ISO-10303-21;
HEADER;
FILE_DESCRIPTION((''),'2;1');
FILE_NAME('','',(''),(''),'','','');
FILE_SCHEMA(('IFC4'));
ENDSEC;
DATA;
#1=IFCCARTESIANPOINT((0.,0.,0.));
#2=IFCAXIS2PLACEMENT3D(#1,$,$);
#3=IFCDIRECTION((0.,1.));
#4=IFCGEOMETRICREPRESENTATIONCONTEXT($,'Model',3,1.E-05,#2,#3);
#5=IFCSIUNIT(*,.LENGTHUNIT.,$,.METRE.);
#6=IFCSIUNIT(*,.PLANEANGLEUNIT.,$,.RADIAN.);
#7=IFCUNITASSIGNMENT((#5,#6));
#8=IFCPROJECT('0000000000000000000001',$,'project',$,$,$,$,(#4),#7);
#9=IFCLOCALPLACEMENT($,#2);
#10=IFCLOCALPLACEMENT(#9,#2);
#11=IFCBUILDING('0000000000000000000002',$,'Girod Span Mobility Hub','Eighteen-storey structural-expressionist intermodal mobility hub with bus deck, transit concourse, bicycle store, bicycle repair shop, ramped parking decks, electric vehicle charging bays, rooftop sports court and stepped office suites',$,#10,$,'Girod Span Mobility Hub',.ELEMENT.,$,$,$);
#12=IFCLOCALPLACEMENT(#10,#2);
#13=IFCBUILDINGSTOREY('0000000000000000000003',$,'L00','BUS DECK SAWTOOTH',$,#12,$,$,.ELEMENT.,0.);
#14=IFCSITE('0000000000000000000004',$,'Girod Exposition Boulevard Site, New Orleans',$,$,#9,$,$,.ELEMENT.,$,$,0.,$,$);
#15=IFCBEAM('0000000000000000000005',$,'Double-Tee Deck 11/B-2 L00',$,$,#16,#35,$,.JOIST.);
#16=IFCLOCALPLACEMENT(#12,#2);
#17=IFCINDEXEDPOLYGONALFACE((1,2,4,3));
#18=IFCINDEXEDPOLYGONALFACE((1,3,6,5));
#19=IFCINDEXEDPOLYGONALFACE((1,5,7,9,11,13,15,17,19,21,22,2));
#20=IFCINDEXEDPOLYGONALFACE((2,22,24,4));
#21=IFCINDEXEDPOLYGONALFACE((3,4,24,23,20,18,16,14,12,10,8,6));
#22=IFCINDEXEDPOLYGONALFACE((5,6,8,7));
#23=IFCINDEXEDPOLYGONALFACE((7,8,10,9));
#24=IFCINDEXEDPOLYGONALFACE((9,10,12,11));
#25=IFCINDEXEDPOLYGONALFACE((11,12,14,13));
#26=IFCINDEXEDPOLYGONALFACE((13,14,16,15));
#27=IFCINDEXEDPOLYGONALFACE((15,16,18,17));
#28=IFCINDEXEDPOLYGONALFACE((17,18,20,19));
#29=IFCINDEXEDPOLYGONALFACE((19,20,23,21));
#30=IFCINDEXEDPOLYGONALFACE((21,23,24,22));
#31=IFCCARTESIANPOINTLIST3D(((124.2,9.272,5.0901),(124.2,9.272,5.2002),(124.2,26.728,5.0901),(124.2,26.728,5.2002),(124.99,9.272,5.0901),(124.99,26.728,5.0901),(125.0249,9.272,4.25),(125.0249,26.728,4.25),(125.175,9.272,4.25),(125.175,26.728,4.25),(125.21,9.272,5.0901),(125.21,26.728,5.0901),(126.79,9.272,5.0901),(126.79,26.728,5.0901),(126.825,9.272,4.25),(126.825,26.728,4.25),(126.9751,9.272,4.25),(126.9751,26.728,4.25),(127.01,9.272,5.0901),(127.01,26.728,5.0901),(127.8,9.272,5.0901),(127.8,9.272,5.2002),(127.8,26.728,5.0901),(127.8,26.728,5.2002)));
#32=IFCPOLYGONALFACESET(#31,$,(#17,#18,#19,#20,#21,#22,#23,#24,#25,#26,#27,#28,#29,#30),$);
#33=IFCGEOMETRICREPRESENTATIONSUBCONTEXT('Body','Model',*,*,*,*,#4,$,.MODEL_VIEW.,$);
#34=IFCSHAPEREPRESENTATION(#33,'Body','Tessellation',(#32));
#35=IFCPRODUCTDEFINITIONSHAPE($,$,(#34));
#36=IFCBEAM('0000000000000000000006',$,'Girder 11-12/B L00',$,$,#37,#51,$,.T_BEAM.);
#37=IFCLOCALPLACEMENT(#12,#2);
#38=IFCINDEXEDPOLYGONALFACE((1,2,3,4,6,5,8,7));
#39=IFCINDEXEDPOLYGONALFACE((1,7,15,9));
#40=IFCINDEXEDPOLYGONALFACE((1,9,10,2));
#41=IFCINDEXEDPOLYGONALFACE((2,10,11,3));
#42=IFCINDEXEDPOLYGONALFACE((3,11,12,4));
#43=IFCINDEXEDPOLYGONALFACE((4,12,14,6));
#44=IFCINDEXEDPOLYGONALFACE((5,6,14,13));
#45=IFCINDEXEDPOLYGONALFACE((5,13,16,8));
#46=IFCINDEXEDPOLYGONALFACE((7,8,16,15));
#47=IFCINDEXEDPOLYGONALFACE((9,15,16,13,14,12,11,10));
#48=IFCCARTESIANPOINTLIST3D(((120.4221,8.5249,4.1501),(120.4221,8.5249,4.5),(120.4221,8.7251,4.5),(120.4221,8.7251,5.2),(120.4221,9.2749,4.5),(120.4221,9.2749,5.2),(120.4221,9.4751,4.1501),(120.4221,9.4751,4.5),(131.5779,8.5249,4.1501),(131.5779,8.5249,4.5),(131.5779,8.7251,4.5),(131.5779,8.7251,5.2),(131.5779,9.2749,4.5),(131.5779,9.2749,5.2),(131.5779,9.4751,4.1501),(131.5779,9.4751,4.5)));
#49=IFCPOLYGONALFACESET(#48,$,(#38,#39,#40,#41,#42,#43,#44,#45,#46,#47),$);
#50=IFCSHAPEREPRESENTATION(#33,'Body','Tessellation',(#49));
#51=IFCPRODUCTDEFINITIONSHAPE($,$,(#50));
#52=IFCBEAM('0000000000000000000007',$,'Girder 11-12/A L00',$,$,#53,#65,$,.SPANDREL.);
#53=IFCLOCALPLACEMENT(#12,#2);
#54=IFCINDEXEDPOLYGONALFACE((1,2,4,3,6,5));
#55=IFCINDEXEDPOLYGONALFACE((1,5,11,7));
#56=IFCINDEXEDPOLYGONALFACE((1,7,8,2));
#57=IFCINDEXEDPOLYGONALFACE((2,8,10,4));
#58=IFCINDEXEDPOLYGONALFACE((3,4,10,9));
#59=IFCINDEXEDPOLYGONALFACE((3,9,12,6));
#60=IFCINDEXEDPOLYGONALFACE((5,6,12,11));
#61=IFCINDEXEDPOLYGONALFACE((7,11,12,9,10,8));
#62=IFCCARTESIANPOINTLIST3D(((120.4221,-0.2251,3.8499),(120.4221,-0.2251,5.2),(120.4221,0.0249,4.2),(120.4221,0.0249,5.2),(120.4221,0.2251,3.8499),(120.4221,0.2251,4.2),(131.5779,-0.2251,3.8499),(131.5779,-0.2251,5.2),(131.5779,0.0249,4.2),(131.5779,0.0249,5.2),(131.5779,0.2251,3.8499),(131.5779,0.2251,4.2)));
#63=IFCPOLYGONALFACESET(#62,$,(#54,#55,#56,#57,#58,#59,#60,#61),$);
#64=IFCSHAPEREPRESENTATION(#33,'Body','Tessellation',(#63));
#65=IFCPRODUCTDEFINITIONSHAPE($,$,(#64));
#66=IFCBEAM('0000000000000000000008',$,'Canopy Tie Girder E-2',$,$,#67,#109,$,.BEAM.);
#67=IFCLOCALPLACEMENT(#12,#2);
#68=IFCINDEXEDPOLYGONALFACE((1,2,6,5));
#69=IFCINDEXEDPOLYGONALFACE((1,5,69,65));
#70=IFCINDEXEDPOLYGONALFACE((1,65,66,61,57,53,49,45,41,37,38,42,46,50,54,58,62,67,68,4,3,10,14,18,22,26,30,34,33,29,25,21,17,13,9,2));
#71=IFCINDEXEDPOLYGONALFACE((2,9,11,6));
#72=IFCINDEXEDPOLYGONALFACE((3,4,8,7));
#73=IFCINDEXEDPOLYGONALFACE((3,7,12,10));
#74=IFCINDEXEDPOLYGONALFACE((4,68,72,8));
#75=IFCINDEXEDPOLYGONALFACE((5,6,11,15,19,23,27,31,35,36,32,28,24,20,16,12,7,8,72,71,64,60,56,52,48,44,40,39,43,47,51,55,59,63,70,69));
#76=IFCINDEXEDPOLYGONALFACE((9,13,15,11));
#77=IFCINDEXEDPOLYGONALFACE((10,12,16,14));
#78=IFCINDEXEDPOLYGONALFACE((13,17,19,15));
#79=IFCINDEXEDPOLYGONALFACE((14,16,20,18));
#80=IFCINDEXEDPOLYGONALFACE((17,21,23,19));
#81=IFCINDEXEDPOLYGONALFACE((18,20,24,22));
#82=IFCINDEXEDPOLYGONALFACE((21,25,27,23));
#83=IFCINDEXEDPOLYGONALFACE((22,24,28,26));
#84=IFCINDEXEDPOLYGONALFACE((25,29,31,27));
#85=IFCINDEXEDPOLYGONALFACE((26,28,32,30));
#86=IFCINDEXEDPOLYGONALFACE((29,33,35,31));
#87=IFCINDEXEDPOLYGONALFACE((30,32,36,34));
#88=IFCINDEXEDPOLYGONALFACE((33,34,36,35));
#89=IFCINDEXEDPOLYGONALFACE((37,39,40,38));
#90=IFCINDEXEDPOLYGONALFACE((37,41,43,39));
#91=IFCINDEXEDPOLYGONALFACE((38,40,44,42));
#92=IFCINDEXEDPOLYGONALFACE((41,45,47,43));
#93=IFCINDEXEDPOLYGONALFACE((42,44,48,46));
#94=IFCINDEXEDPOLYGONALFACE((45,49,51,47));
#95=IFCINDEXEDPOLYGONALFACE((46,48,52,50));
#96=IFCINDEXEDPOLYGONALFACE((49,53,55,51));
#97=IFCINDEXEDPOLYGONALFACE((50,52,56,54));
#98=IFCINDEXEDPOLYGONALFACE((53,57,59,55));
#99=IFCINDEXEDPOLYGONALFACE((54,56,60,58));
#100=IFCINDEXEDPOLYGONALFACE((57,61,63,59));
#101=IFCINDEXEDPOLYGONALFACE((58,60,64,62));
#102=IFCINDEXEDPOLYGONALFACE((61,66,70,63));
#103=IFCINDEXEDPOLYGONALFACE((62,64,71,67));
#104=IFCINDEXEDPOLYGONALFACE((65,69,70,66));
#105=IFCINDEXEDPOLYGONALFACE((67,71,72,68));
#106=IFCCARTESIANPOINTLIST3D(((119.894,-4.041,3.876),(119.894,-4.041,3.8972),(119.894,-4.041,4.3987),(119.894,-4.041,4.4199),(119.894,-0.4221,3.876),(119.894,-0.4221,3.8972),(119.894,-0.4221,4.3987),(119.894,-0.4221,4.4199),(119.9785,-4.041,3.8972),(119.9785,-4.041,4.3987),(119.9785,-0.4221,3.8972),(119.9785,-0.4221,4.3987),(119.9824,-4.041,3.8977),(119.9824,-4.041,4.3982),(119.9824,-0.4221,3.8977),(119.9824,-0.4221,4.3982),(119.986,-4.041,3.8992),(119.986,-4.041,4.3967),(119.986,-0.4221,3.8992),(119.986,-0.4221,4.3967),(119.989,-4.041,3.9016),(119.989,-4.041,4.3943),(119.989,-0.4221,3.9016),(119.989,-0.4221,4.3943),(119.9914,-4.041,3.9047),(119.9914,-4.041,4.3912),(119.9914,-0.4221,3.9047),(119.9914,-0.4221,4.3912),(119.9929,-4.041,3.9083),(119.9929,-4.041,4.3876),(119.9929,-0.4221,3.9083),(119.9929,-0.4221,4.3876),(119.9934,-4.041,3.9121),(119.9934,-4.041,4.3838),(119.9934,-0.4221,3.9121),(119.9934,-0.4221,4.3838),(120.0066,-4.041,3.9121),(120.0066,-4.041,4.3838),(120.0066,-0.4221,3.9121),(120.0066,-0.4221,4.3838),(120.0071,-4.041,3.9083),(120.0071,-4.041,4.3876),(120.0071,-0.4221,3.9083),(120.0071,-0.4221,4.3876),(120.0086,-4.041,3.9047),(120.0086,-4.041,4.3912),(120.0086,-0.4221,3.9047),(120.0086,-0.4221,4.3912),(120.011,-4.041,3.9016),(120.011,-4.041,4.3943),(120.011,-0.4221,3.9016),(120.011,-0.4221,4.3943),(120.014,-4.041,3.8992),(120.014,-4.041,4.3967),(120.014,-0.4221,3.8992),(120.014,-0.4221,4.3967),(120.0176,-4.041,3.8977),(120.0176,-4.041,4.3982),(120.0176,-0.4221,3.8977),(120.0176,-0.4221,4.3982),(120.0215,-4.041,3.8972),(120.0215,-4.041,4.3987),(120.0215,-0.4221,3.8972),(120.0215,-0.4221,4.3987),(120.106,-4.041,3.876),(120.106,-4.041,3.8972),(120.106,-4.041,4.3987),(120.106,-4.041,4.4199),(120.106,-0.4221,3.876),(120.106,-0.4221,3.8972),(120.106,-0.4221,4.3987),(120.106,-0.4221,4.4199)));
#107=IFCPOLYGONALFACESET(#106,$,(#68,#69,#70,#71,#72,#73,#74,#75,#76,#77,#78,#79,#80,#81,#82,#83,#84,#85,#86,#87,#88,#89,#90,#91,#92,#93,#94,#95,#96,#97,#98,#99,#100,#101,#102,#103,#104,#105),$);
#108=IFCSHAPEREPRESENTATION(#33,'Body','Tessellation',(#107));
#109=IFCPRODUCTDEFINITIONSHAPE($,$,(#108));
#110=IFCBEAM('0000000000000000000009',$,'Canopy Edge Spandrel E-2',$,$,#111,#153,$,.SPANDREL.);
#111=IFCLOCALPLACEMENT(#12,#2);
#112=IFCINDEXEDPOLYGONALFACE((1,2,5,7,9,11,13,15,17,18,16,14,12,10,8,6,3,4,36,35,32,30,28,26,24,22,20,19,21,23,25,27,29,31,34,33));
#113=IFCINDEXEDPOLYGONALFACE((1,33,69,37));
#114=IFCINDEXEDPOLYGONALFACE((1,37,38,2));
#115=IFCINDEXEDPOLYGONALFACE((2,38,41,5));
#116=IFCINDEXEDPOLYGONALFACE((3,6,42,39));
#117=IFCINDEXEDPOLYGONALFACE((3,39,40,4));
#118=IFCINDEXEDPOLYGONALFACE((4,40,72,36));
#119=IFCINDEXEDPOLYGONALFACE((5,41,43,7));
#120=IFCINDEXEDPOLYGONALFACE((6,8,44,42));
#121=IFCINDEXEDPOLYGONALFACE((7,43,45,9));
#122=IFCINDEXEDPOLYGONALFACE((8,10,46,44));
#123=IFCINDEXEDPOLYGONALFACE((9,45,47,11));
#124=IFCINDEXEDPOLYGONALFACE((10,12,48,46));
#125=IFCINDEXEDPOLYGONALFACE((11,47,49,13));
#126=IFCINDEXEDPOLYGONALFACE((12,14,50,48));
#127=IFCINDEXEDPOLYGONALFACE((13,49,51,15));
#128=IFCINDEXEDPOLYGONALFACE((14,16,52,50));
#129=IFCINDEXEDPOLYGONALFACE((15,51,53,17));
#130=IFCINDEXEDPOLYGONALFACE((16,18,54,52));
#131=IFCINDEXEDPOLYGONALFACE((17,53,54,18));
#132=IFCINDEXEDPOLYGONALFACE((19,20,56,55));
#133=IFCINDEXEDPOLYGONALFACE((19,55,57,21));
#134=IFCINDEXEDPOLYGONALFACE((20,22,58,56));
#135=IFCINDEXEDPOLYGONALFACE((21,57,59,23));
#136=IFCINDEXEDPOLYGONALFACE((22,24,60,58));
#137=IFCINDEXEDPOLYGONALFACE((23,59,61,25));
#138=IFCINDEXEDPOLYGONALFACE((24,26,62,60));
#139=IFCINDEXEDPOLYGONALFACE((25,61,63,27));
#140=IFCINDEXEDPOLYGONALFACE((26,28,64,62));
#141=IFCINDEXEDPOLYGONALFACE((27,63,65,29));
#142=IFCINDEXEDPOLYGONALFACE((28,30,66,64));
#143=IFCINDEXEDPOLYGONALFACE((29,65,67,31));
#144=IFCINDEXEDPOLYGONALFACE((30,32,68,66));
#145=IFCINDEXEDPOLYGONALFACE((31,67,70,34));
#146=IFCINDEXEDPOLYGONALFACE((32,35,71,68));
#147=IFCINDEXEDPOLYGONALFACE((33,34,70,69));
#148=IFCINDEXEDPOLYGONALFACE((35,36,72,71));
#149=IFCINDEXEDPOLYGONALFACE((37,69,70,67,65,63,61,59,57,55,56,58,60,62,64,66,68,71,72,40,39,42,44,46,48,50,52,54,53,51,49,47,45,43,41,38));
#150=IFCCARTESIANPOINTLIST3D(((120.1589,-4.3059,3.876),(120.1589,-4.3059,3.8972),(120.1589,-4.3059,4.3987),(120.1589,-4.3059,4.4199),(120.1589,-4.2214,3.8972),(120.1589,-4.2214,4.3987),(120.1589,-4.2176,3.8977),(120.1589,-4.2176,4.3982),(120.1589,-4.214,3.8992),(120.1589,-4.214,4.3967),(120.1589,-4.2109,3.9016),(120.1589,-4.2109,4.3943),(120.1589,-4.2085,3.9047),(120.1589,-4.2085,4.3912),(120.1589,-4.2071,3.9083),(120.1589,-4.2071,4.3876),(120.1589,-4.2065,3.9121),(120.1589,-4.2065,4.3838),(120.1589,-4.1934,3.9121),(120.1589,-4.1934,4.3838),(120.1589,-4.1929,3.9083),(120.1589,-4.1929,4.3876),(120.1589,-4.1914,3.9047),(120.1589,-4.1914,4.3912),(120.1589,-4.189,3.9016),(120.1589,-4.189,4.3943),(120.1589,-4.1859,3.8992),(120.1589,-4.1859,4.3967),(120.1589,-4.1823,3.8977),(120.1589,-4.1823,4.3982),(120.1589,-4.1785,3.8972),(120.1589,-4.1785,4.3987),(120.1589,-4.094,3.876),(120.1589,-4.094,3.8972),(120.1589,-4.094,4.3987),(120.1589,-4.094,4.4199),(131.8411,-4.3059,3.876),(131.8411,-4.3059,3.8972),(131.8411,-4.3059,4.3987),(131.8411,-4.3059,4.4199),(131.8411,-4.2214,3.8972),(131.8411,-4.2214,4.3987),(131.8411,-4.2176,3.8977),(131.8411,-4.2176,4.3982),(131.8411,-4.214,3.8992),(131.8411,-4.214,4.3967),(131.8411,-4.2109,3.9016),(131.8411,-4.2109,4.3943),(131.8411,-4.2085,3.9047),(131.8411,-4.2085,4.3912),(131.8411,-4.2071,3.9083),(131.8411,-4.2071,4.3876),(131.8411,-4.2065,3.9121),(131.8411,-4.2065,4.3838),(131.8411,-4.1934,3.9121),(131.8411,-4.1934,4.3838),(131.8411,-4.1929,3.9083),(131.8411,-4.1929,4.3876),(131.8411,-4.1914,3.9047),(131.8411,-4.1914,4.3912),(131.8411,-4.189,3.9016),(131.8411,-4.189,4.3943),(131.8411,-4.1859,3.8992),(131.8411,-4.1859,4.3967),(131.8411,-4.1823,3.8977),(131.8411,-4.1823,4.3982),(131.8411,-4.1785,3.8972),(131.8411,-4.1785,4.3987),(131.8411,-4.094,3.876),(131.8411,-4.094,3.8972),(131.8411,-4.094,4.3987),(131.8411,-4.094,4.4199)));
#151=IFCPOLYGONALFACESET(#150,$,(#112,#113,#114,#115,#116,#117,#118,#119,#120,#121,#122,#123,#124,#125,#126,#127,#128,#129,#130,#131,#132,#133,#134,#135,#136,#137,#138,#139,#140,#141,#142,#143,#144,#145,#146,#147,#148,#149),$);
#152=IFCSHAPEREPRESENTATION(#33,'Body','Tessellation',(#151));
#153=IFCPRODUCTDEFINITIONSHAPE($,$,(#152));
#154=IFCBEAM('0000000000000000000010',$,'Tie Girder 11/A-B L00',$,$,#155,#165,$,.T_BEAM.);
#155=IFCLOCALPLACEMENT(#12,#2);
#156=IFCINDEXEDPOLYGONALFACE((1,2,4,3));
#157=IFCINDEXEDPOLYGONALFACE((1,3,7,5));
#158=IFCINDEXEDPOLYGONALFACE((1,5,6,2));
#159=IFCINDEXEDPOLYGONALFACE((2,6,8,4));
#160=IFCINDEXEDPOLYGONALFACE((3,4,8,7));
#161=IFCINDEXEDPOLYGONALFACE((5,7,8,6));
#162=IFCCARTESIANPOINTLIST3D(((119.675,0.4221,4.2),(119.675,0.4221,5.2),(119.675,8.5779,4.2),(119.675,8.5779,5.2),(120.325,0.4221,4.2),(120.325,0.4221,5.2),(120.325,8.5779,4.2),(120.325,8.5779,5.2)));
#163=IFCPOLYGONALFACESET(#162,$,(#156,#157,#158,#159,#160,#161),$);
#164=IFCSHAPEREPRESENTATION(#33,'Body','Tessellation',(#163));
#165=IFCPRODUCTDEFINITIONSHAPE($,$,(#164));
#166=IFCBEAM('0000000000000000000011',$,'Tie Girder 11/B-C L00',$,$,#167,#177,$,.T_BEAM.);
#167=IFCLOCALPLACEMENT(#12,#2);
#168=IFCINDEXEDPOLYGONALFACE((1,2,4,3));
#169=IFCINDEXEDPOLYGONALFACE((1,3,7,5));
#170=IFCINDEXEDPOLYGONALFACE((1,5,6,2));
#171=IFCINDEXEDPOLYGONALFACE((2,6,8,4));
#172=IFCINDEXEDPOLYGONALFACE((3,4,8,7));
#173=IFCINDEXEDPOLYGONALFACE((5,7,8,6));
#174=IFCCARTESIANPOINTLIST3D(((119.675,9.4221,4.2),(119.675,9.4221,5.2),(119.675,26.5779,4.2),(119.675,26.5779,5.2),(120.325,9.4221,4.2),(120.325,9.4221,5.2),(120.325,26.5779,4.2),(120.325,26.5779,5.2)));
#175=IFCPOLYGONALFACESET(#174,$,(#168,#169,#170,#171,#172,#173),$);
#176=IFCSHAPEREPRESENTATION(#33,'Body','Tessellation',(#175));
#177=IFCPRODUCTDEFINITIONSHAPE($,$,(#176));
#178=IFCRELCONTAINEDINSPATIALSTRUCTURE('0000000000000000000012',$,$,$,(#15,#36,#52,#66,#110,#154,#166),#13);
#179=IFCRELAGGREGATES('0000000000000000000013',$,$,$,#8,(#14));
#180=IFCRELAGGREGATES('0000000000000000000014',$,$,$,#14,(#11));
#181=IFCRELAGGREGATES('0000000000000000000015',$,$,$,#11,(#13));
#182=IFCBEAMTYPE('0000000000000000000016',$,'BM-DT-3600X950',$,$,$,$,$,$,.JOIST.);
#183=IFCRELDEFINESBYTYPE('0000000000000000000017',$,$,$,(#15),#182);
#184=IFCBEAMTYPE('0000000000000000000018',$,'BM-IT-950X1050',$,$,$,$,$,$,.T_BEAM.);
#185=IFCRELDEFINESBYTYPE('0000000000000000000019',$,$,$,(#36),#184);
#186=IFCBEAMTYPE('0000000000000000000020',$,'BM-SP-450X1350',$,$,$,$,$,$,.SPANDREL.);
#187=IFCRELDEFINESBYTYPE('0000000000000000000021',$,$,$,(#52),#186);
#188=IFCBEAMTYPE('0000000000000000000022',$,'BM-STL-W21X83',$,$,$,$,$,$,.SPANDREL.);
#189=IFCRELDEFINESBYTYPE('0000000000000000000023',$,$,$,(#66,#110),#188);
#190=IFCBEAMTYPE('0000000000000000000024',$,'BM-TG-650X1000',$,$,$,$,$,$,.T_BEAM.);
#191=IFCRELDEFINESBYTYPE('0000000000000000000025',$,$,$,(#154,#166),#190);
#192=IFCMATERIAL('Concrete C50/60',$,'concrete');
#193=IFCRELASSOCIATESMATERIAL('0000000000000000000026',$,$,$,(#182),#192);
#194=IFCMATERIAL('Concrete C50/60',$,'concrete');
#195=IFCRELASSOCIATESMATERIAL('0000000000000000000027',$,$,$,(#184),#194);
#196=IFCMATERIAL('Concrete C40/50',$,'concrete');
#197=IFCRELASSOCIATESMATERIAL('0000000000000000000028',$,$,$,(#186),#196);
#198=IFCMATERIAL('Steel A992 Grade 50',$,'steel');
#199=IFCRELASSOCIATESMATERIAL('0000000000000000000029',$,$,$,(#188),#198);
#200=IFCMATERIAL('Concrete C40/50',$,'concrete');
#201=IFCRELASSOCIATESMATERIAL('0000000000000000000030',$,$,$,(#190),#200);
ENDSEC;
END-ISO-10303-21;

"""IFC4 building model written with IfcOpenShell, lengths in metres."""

from ifc_helpers import new_model, si_unit, direction, frame, origin, origin_2d, place, context, subcontext, project, spatial, polyline, rectangle, i_section, outline, extrude, material, material_profile, profile_set, type_object, element, save


model = new_model("IFC4")

# Units and contexts
model_context = context("Model", 3, precision=1e-05, world=origin(), true_north=direction((0.0, 1.0)))
body_context = subcontext(model_context, "Body", "Model", "MODEL_VIEW")
ifc_project = project(units=[si_unit("LENGTHUNIT", "METRE"), si_unit("PLANEANGLEUNIT", "RADIAN")], contexts=[model_context])

# Site, building, storey
site_placement = place(None, origin())
site = spatial("IfcSite", under=ifc_project, at=site_placement, Name="Girod Exposition Boulevard Site, New Orleans", CompositionType="ELEMENT", RefElevation=0.0)
building_placement = place(site_placement, origin())
building = spatial("IfcBuilding", under=site, at=building_placement, Name="Girod Span Mobility Hub", Description="Eighteen-storey structural-expressionist intermodal mobility hub with bus deck, transit concourse, bicycle store, bicycle repair shop, ramped parking decks, electric vehicle charging bays, rooftop sports court and stepped office suites", LongName="Girod Span Mobility Hub", CompositionType="ELEMENT")
storey_placement = place(building_placement, origin())
storey = spatial("IfcBuildingStorey", under=building, at=storey_placement, Name="L00", Description="BUS DECK SAWTOOTH", CompositionType="ELEMENT", Elevation=0.0)

# Beams
ifc_material_1 = material(Name="Concrete C50/60", Category="concrete")
ifc_material_profile_1 = material_profile(ifc_material_1, outline(polyline([(-1.8, 0.4751), (-1.8, 0.365), (-1.01, 0.365), (-0.9751, -0.4751), (-0.825, -0.4751), (-0.79, 0.365), (0.79, 0.365), (0.825, -0.4751), (0.9751, -0.4751), (1.01, 0.365), (1.8, 0.365), (1.8, 0.4751), (-1.8, 0.4751)])), Name="DT-3600X950")
ifc_profile_set_1 = profile_set([ifc_material_profile_1], Name="Concrete C50/60")
beam_type_1 = type_object("IfcBeamType", Name="BM-DT-3600X950", PredefinedType="JOIST", material=ifc_profile_set_1)
for number, where, z_axis, x_axis, name in (
    (1, (126.0, 9.272, 4.7251), (0.0, 1.0, 0.0), (-1.0, 0.0, 0.0), "Double-Tee Deck 11/B-2 L00"),
):
    element("IfcBeam", number, at=place(storey_placement, frame(where, z_axis=z_axis, x_axis=x_axis)), inside=storey, type_object=beam_type_1, Name=name, PredefinedType="JOIST", context=body_context, shape_type="SweptSolid", body=[
        extrude(outline(polyline([(-1.8, 0.4751), (-1.8, 0.365), (-1.01, 0.365), (-0.9751, -0.4751), (-0.825, -0.4751), (-0.79, 0.365), (0.79, 0.365), (0.825, -0.4751), (0.9751, -0.4751), (1.01, 0.365), (1.8, 0.365), (1.8, 0.4751), (-1.8, 0.4751)])), origin(), (0.0, 0.0, 1.0), 17.4561),
    ])
ifc_material_2 = material(Name="Concrete C50/60", Category="concrete")
ifc_material_profile_2 = material_profile(ifc_material_2, outline(polyline([(-0.4751, -0.5249), (0.4751, -0.5249), (0.4751, -0.175), (0.2749, -0.175), (0.2749, 0.5249), (-0.2749, 0.5249), (-0.2749, -0.175), (-0.4751, -0.175), (-0.4751, -0.5249)])), Name="IT-950X1050")
ifc_profile_set_2 = profile_set([ifc_material_profile_2], Name="Concrete C50/60")
beam_type_2 = type_object("IfcBeamType", Name="BM-IT-950X1050", PredefinedType="T_BEAM", material=ifc_profile_set_2)
beam_1_placement = place(storey_placement, frame((120.4221, 9.0, 4.675), z_axis=(1.0, 0.0, 0.0), x_axis=(0.0, 1.0, 0.0)))
element("IfcBeam", 2, at=beam_1_placement, inside=storey, type_object=beam_type_2, Name="Girder 11-12/B L00", PredefinedType="T_BEAM", context=body_context, shape_type="SweptSolid", body=[
    extrude(outline(polyline([(-0.4751, -0.5249), (0.4751, -0.5249), (0.4751, -0.175), (0.2749, -0.175), (0.2749, 0.5249), (-0.2749, 0.5249), (-0.2749, -0.175), (-0.4751, -0.175), (-0.4751, -0.5249)])), origin(), (0.0, 0.0, 1.0), 11.1558),
])
ifc_material_3 = material(Name="Concrete C40/50", Category="concrete")
ifc_material_profile_3 = material_profile(ifc_material_3, outline(polyline([(-0.2251, -0.675), (0.2251, -0.675), (0.2251, -0.325), (0.0249, -0.325), (0.0249, 0.675), (-0.2251, 0.675), (-0.2251, -0.675)])), Name="SP-450X1350")
ifc_profile_set_3 = profile_set([ifc_material_profile_3], Name="Concrete C40/50")
beam_type_3 = type_object("IfcBeamType", Name="BM-SP-450X1350", PredefinedType="SPANDREL", material=ifc_profile_set_3)
beam_2_placement = place(storey_placement, frame((120.4221, 0.0, 4.5249), z_axis=(1.0, 0.0, 0.0), x_axis=(0.0, 1.0, 0.0)))
element("IfcBeam", 3, at=beam_2_placement, inside=storey, type_object=beam_type_3, Name="Girder 11-12/A L00", PredefinedType="SPANDREL", context=body_context, shape_type="SweptSolid", body=[
    extrude(outline(polyline([(-0.2251, -0.675), (0.2251, -0.675), (0.2251, -0.325), (0.0249, -0.325), (0.0249, 0.675), (-0.2251, 0.675), (-0.2251, -0.675)])), origin(), (0.0, 0.0, 1.0), 11.1558),
])
ifc_material_4 = material(Name="Steel A992 Grade 50", Category="steel")
ifc_material_profile_4 = material_profile(ifc_material_4, i_section(OverallWidth=0.2119, OverallDepth=0.5439, WebThickness=0.0132, FlangeThickness=0.0212, FilletRadius=0.0149, at=origin_2d()), Name="W21X83")
ifc_profile_set_4 = profile_set([ifc_material_profile_4], Name="Steel A992 Grade 50")
beam_type_4 = type_object("IfcBeamType", Name="BM-STL-W21X83", PredefinedType="SPANDREL", material=ifc_profile_set_4)
beam_3_placement = place(storey_placement, frame((120.0, -4.041, 4.1479), z_axis=(0.0, 1.0, 0.0), x_axis=(-1.0, 0.0, 0.0)))
element("IfcBeam", 4, at=beam_3_placement, inside=storey, type_object=beam_type_4, Name="Canopy Tie Girder E-2", PredefinedType="BEAM", context=body_context, shape_type="SweptSolid", body=[
    extrude(i_section(OverallWidth=0.2119, OverallDepth=0.5439, WebThickness=0.0132, FlangeThickness=0.0212, FilletRadius=0.0149, at=origin_2d()), origin(), (0.0, 0.0, 1.0), 3.6189),
])
beam_4_placement = place(storey_placement, frame((120.1589, -4.2, 4.1479), z_axis=(1.0, 0.0, 0.0), x_axis=(0.0, 1.0, 0.0)))
element("IfcBeam", 5, at=beam_4_placement, inside=storey, type_object=beam_type_4, Name="Canopy Edge Spandrel E-2", PredefinedType="SPANDREL", context=body_context, shape_type="SweptSolid", body=[
    extrude(i_section(OverallWidth=0.2119, OverallDepth=0.5439, WebThickness=0.0132, FlangeThickness=0.0212, FilletRadius=0.0149, at=origin_2d()), origin(), (0.0, 0.0, 1.0), 11.6821),
])
ifc_material_5 = material(Name="Concrete C40/50", Category="concrete")
ifc_material_profile_5 = material_profile(ifc_material_5, rectangle(XDim=0.6499, YDim=1.0, at=origin_2d()), Name="TG-650X1000")
ifc_profile_set_5 = profile_set([ifc_material_profile_5], Name="Concrete C40/50")
beam_type_5 = type_object("IfcBeamType", Name="BM-TG-650X1000", PredefinedType="T_BEAM", material=ifc_profile_set_5)
beam_5_placement = place(storey_placement, frame((120.0, 0.4221, 4.7), z_axis=(0.0, 1.0, 0.0), x_axis=(-1.0, 0.0, 0.0)))
element("IfcBeam", 6, at=beam_5_placement, inside=storey, type_object=beam_type_5, Name="Tie Girder 11/A-B L00", PredefinedType="T_BEAM", context=body_context, shape_type="SweptSolid", body=[
    extrude(rectangle(XDim=0.6499, YDim=1.0, at=origin_2d()), origin(), (0.0, 0.0, 1.0), 8.1558),
])
beam_6_placement = place(storey_placement, frame((120.0, 9.4221, 4.7), z_axis=(0.0, 1.0, 0.0), x_axis=(-1.0, 0.0, 0.0)))
element("IfcBeam", 7, at=beam_6_placement, inside=storey, type_object=beam_type_5, Name="Tie Girder 11/B-C L00", PredefinedType="T_BEAM", context=body_context, shape_type="SweptSolid", body=[
    extrude(rectangle(XDim=0.6499, YDim=1.0, at=origin_2d()), origin(), (0.0, 0.0, 1.0), 17.1558),
])

save(model, "model.ifc")
